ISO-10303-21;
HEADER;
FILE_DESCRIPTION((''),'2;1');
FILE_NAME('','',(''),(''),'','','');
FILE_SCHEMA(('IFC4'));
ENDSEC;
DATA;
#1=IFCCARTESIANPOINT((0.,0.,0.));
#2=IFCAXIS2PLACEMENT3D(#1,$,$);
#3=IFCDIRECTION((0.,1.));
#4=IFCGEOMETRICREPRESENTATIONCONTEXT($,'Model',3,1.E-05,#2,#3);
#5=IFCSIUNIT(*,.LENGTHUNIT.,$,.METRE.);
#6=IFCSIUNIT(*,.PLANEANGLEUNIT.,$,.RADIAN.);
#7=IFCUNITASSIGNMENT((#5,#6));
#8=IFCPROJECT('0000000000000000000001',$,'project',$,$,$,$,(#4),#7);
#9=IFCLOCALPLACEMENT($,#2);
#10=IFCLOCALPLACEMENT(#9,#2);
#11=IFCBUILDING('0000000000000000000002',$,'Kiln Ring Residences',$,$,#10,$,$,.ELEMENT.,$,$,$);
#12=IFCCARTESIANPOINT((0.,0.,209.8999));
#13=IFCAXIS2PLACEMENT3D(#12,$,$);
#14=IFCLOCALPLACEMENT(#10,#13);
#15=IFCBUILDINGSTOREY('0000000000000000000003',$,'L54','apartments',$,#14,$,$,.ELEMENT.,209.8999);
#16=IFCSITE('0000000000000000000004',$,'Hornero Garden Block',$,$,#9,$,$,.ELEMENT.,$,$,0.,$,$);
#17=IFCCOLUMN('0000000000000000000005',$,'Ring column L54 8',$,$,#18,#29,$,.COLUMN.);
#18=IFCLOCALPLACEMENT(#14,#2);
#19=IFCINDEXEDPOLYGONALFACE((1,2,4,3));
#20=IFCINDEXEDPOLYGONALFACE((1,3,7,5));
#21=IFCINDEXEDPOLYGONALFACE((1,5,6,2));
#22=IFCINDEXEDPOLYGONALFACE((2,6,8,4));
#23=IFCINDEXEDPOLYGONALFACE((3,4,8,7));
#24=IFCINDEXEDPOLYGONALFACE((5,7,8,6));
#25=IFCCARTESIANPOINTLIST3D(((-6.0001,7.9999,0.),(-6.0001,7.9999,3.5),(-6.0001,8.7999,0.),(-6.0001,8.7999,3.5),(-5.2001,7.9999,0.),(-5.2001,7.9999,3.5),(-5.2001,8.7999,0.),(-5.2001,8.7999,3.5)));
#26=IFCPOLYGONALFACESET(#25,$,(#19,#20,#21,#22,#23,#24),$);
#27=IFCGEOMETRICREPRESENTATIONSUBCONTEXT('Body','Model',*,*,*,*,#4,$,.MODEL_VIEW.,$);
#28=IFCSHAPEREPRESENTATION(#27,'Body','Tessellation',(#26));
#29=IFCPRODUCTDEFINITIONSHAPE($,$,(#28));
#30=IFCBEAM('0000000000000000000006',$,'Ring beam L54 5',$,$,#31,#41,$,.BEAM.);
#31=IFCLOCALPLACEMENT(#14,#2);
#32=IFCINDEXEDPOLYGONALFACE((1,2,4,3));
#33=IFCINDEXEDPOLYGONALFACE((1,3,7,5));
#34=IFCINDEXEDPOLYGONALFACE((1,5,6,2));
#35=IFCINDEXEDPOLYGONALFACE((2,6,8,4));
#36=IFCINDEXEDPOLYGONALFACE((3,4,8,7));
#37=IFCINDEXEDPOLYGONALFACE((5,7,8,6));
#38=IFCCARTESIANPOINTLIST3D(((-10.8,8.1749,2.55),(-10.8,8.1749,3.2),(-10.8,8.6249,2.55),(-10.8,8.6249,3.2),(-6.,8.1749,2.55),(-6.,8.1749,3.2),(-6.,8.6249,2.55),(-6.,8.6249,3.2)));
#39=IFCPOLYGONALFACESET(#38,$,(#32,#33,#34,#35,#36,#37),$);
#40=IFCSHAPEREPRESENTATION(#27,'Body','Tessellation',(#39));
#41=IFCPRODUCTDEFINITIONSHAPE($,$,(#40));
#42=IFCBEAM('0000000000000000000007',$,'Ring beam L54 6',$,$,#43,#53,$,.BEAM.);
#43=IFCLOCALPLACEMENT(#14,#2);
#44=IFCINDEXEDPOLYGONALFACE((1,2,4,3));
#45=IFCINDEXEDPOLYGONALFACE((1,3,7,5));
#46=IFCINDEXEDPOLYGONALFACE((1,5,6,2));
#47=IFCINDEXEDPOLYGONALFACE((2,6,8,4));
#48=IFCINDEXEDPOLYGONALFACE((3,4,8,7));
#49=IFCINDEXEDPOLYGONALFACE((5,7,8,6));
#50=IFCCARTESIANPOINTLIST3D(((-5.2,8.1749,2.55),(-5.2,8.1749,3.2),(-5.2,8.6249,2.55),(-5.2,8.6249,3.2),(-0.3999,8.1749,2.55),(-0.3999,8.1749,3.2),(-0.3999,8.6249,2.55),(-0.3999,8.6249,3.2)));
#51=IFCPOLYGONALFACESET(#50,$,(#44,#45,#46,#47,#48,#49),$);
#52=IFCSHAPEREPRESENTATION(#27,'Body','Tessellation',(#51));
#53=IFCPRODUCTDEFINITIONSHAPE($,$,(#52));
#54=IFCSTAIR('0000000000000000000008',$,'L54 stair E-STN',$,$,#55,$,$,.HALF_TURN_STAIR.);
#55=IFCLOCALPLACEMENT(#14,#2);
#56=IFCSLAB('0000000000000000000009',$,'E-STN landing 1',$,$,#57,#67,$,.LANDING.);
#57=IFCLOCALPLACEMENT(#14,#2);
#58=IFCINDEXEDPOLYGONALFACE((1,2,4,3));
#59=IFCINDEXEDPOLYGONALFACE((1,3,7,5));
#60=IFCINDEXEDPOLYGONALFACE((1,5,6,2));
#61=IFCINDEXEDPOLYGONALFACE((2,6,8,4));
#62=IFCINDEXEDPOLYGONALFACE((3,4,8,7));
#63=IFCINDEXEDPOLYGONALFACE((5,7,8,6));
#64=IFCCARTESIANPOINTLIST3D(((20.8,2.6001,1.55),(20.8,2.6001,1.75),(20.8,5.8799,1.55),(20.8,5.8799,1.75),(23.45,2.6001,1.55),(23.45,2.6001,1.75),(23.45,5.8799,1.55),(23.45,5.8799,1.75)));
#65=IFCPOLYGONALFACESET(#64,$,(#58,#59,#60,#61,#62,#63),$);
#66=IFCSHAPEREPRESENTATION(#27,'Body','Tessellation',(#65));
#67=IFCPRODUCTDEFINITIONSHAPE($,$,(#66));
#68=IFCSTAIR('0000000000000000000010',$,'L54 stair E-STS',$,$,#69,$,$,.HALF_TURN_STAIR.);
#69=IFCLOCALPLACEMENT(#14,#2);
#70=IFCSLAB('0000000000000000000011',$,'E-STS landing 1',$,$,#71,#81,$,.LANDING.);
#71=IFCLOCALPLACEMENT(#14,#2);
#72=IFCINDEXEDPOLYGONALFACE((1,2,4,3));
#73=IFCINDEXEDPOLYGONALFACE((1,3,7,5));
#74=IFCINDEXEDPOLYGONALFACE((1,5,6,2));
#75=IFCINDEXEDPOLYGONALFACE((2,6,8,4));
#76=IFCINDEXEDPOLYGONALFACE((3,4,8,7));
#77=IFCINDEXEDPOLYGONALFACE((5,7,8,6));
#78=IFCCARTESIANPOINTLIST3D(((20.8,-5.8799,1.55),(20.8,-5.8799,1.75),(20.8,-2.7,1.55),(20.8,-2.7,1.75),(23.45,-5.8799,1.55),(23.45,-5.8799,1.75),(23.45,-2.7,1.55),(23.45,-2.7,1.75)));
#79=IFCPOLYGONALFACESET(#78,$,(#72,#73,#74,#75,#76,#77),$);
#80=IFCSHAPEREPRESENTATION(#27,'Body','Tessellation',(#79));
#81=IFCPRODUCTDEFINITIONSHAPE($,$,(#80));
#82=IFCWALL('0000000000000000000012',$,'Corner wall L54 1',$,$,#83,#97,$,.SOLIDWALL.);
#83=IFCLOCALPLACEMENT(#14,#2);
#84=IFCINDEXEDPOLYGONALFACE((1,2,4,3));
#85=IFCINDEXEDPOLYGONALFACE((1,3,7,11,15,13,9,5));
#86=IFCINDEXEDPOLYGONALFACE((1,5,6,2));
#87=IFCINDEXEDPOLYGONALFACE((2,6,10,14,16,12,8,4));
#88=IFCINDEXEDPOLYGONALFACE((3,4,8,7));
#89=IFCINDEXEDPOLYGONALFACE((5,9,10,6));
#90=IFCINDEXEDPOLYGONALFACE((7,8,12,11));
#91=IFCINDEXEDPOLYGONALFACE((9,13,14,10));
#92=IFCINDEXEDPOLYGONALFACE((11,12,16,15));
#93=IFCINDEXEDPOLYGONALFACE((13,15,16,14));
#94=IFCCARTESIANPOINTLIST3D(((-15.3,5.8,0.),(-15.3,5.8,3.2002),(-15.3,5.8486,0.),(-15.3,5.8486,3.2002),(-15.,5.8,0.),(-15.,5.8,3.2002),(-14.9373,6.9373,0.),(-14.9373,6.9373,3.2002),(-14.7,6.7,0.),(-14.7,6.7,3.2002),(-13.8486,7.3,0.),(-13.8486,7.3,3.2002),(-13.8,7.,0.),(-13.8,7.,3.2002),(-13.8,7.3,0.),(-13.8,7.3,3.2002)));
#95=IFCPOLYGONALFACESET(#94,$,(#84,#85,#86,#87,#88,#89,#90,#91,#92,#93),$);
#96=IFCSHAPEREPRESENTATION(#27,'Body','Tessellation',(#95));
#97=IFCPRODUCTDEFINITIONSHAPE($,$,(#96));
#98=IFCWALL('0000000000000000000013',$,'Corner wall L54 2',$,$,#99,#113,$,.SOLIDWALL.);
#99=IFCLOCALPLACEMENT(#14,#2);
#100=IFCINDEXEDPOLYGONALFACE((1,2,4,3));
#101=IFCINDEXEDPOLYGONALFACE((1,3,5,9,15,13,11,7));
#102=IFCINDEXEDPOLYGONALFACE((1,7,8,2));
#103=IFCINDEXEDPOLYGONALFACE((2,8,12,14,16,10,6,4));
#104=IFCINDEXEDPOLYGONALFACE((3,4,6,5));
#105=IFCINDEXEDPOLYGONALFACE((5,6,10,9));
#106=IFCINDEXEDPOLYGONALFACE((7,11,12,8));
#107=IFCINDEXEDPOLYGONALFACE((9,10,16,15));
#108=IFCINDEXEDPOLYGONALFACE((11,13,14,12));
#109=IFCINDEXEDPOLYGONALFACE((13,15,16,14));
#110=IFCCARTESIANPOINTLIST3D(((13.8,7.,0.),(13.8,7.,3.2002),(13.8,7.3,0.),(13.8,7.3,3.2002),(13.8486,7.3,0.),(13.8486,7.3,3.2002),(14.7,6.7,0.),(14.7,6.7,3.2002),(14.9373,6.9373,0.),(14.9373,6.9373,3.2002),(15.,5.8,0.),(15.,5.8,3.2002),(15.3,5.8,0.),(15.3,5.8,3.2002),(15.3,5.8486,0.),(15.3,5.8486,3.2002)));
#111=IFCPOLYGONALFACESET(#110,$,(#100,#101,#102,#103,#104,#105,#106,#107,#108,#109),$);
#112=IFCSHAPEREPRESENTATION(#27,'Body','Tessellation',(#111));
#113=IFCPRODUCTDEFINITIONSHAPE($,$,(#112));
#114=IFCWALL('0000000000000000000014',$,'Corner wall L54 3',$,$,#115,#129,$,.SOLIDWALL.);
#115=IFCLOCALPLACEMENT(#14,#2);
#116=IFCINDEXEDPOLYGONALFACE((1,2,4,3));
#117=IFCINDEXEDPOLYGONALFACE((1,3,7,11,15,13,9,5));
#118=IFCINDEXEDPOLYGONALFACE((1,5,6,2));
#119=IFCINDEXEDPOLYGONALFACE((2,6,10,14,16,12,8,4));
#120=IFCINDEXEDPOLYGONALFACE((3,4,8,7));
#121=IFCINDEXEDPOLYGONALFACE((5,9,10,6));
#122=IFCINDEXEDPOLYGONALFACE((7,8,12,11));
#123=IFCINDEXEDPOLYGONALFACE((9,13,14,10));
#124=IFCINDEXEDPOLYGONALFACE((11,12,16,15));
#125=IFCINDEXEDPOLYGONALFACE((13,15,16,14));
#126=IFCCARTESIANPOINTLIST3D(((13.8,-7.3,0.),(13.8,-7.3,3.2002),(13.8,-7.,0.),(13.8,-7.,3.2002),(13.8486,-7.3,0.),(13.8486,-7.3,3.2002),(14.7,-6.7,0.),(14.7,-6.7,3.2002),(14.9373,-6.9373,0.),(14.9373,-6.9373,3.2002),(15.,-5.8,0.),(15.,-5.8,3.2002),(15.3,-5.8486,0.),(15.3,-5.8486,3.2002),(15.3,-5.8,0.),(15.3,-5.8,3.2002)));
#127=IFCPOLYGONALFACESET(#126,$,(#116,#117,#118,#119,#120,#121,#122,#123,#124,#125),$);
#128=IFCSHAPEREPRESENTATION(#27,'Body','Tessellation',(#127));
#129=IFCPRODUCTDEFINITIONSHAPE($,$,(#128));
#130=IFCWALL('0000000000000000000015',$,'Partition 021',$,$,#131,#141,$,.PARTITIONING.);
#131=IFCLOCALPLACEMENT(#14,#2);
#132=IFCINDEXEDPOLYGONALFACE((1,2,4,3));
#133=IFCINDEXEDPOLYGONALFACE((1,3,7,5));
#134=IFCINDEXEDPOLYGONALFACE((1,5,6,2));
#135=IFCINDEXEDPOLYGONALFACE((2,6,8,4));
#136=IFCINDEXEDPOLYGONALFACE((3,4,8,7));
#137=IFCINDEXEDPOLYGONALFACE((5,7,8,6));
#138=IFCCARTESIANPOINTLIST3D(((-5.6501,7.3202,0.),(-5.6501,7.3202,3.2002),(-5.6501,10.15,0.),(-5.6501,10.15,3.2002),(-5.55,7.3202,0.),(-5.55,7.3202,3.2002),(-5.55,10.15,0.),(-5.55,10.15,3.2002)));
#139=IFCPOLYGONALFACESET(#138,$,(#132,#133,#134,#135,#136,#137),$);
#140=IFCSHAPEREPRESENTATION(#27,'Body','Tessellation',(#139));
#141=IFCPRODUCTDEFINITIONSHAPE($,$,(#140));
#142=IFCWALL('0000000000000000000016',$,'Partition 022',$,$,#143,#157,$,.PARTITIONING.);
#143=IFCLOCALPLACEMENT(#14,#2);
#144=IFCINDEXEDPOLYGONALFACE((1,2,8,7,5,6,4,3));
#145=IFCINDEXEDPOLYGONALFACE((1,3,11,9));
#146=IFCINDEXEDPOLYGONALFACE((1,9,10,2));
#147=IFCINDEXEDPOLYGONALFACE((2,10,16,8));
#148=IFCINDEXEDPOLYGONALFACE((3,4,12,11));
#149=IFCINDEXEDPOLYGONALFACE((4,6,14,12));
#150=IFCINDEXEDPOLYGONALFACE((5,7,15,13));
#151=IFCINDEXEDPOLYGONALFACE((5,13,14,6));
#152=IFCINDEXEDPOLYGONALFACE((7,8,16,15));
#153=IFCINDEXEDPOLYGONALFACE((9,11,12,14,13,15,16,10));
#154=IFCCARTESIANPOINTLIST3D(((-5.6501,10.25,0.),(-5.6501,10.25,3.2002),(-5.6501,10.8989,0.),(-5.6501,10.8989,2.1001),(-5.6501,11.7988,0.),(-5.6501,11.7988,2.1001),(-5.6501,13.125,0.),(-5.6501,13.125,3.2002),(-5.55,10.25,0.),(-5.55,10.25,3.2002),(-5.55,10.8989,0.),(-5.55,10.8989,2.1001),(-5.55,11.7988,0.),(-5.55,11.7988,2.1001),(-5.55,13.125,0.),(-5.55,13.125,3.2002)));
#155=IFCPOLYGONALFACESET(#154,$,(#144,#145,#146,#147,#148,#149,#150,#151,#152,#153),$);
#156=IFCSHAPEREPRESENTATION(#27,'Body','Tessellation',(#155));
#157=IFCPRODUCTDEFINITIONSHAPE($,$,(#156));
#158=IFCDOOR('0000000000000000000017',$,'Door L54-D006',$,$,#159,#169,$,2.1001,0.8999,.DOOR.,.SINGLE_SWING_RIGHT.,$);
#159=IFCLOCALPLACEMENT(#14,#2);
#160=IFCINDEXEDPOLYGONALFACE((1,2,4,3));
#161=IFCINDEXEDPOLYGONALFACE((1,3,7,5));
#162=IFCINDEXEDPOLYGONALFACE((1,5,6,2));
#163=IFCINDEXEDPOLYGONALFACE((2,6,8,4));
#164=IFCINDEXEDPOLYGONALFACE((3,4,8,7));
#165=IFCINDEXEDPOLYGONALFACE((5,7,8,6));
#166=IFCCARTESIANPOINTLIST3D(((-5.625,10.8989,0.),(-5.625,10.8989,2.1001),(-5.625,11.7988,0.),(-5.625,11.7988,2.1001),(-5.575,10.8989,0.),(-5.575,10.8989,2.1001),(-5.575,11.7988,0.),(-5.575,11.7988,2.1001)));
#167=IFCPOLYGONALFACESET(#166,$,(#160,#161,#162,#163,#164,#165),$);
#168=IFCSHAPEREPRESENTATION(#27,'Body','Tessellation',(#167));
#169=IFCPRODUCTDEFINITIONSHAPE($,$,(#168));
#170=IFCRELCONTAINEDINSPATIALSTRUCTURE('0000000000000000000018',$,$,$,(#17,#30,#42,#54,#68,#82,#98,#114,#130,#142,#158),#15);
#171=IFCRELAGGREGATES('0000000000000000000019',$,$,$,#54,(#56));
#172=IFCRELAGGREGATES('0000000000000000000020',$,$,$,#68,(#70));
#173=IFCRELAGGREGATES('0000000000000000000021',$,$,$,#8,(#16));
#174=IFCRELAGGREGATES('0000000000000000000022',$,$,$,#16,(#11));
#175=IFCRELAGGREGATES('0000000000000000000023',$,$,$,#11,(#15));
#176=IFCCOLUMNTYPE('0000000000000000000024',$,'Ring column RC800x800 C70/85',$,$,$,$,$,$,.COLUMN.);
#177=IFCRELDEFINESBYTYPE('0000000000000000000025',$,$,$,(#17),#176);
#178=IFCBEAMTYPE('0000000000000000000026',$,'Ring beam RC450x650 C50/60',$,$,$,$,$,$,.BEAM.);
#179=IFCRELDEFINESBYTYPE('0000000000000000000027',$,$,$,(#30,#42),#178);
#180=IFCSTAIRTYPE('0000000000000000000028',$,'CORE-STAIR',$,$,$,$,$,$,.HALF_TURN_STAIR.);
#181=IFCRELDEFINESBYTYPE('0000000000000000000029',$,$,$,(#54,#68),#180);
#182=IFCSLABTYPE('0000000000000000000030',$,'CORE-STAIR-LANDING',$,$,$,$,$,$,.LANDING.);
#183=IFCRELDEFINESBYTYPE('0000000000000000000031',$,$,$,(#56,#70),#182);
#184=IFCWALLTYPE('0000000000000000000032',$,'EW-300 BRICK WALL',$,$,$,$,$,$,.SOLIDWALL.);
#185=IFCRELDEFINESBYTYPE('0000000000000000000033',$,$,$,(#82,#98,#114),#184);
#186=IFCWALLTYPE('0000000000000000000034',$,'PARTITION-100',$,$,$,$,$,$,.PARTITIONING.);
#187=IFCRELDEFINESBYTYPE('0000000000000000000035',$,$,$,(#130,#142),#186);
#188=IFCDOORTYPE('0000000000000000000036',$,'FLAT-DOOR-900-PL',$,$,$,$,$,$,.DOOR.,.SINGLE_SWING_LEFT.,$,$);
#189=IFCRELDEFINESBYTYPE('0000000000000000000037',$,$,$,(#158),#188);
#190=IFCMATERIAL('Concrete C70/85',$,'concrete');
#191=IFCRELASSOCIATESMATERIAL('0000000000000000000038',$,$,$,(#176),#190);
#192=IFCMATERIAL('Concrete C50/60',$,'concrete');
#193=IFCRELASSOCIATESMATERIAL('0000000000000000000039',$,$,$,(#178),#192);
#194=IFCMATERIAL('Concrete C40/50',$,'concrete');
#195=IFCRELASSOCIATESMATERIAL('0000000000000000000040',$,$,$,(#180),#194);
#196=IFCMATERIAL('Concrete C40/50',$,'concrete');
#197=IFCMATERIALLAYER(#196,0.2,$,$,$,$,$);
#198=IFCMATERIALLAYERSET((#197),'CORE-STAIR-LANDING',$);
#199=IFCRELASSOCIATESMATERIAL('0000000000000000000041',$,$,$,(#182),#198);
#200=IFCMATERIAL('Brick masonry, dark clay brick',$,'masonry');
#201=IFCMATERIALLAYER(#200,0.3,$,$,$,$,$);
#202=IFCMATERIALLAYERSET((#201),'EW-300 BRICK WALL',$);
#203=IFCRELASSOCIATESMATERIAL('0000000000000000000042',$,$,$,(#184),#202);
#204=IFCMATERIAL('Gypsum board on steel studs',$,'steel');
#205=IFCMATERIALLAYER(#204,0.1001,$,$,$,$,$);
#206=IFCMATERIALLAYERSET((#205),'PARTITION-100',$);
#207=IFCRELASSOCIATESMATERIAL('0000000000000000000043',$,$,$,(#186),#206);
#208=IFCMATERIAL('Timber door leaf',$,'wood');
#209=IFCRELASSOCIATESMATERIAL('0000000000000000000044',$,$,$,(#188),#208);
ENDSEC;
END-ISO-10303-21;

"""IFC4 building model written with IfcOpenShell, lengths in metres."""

from ifc_helpers import new_model, si_unit, direction, frame, frame_2d, origin, origin_2d, place, context, subcontext, project, spatial, polyline, rectangle, outline, extrude, material, layer, layer_set, material_profile, profile_set, type_object, element, fill, aggregate, save


model = new_model("IFC4")

# Units and contexts
model_context = context("Model", 3, precision=1e-05, world=origin(), true_north=direction((0.0, 1.0)))
body_context = subcontext(model_context, "Body", "Model", "MODEL_VIEW")
ifc_project = project(units=[si_unit("LENGTHUNIT", "METRE"), si_unit("PLANEANGLEUNIT", "RADIAN")], contexts=[model_context])

# Site, building, storey
site_placement = place(None, origin())
site = spatial("IfcSite", under=ifc_project, at=site_placement, Name="Hornero Garden Block", CompositionType="ELEMENT", RefElevation=0.0)
building_placement = place(site_placement, origin())
building = spatial("IfcBuilding", under=site, at=building_placement, Name="Kiln Ring Residences", CompositionType="ELEMENT")
storey_placement = place(building_placement, frame((0.0, 0.0, 209.8999)))
storey = spatial("IfcBuildingStorey", under=building, at=storey_placement, Name="L54", Description="apartments", CompositionType="ELEMENT", Elevation=209.8999)

# Column
ifc_material_1 = material(Name="Concrete C70/85", Category="concrete")
ifc_material_profile_1 = material_profile(ifc_material_1, rectangle(XDim=0.8, YDim=0.8, at=origin_2d()), Name="RC800x800")
ifc_profile_set_1 = profile_set([ifc_material_profile_1], Name="Concrete C70/85")
column_type = type_object("IfcColumnType", Name="Ring column RC800x800 C70/85", PredefinedType="COLUMN", material=ifc_profile_set_1)
column_placement = place(storey_placement, frame((-5.6001, 8.3999, 0.0), z_axis=(0.0, 0.0, 1.0), x_axis=(1.0, 0.0, 0.0)))
element("IfcColumn", 1, at=column_placement, inside=storey, type_object=column_type, Name="Ring column L54 8", PredefinedType="COLUMN", context=body_context, shape_type="SweptSolid", body=[
    extrude(rectangle(XDim=0.8, YDim=0.8, at=origin_2d()), origin(), (0.0, 0.0, 1.0), 3.5),
])

# Beams
ifc_material_2 = material(Name="Concrete C50/60", Category="concrete")
ifc_material_profile_2 = material_profile(ifc_material_2, rectangle(XDim=0.45, YDim=0.6499, at=origin_2d()), Name="RC450x650")
ifc_profile_set_2 = profile_set([ifc_material_profile_2], Name="Concrete C50/60")
beam_type = type_object("IfcBeamType", Name="Ring beam RC450x650 C50/60", PredefinedType="BEAM", material=ifc_profile_set_2)
for number, where, z_axis, x_axis, name in (
    (2, (-10.8, 8.3999, 2.875), (1.0, 0.0, 0.0), (0.0, 1.0, 0.0), "Ring beam L54 5"),
    (3, (-5.2, 8.3999, 2.875), (1.0, 0.0, 0.0), (0.0, 1.0, 0.0), "Ring beam L54 6"),
):
    element("IfcBeam", number, at=place(storey_placement, frame(where, z_axis=z_axis, x_axis=x_axis)), inside=storey, type_object=beam_type, Name=name, PredefinedType="BEAM", context=body_context, shape_type="SweptSolid", body=[
        extrude(rectangle(XDim=0.45, YDim=0.6499, at=origin_2d()), origin(), (0.0, 0.0, 1.0), 4.8),
    ])

# Stairs, slabs
ifc_material_3 = material(Name="Concrete C40/50", Category="concrete")
stair_type = type_object("IfcStairType", Name="CORE-STAIR", PredefinedType="HALF_TURN_STAIR", material=ifc_material_3)
placement_1 = place(storey_placement, origin())
stair_1 = element("IfcStair", 4, at=placement_1, inside=storey, type_object=stair_type, Name="L54 stair E-STN", PredefinedType="HALF_TURN_STAIR")
ifc_material_4 = material(Name="Concrete C40/50", Category="concrete")
ifc_layer_1 = layer(ifc_material_4, 0.2)
ifc_layer_set_1 = layer_set([ifc_layer_1], Name="CORE-STAIR-LANDING")
slab_type = type_object("IfcSlabType", Name="CORE-STAIR-LANDING", PredefinedType="LANDING", material=ifc_layer_set_1)
placement_2 = place(storey_placement, frame((0.0, 0.0, 1.55)))
slab_1 = element("IfcSlab", 5, at=placement_2, type_object=slab_type, Name="E-STN landing 1", PredefinedType="LANDING", context=body_context, shape_type="SweptSolid", body=[
    extrude(outline(polyline([(20.8, 5.8799), (20.8, 2.6001), (23.45, 2.6001), (23.45, 5.8799), (20.8, 5.8799)])), origin(), (0.0, 0.0, 1.0), 0.2),
])
aggregate(stair_1, [slab_1])
stair_2 = element("IfcStair", 6, at=placement_1, inside=storey, type_object=stair_type, Name="L54 stair E-STS", PredefinedType="HALF_TURN_STAIR")
slab_2 = element("IfcSlab", 7, at=placement_2, type_object=slab_type, Name="E-STS landing 1", PredefinedType="LANDING", context=body_context, shape_type="SweptSolid", body=[
    extrude(outline(polyline([(23.45, -5.8799), (23.45, -2.7), (20.8, -2.7), (20.8, -5.8799), (23.45, -5.8799)])), origin(), (0.0, 0.0, 1.0), 0.2),
])
aggregate(stair_2, [slab_2])

# Walls
ifc_material_5 = material(Name="Brick masonry, dark clay brick", Category="masonry")
ifc_layer_2 = layer(ifc_material_5, 0.3)
ifc_layer_set_2 = layer_set([ifc_layer_2], Name="EW-300 BRICK WALL")
wall_type_1 = type_object("IfcWallType", Name="EW-300 BRICK WALL", PredefinedType="SOLIDWALL", material=ifc_layer_set_2)
element("IfcWall", 8, at=placement_1, inside=storey, type_object=wall_type_1, Name="Corner wall L54 1", PredefinedType="SOLIDWALL", context=body_context, shape_type="SweptSolid", body=[
    extrude(outline(polyline([(-13.8486, 7.3), (-14.9373, 6.9373), (-15.3, 5.8486), (-15.3, 5.8), (-15.0, 5.8), (-14.7, 6.7), (-13.8, 7.0), (-13.8, 7.3), (-13.8486, 7.3)])), origin(), (0.0, 0.0, 1.0), 3.2002),
])
element("IfcWall", 9, at=placement_1, inside=storey, type_object=wall_type_1, Name="Corner wall L54 2", PredefinedType="SOLIDWALL", context=body_context, shape_type="SweptSolid", body=[
    extrude(outline(polyline([(14.9373, 6.9373), (13.8486, 7.3), (13.8, 7.3), (13.8, 7.0), (14.7, 6.7), (15.0, 5.8), (15.3, 5.8), (15.3, 5.8486), (14.9373, 6.9373)])), origin(), (0.0, 0.0, 1.0), 3.2002),
])
element("IfcWall", 10, at=placement_1, inside=storey, type_object=wall_type_1, Name="Corner wall L54 3", PredefinedType="SOLIDWALL", context=body_context, shape_type="SweptSolid", body=[
    extrude(outline(polyline([(14.9373, -6.9373), (15.3, -5.8486), (15.3, -5.8), (15.0, -5.8), (14.7, -6.7), (13.8, -7.0), (13.8, -7.3), (13.8486, -7.3), (14.9373, -6.9373)])), origin(), (0.0, 0.0, 1.0), 3.2002),
])
ifc_material_6 = material(Name="Gypsum board on steel studs", Category="steel")
ifc_layer_3 = layer(ifc_material_6, 0.1001)
ifc_layer_set_3 = layer_set([ifc_layer_3], Name="PARTITION-100")
wall_type_2 = type_object("IfcWallType", Name="PARTITION-100", PredefinedType="PARTITIONING", material=ifc_layer_set_3)
wall_1_placement = place(storey_placement, frame((-5.6001, 7.3201, 0.0), z_axis=(0.0, 0.0, 1.0), x_axis=(0.0, 1.0, 0.0)))
element("IfcWall", 11, at=wall_1_placement, inside=storey, type_object=wall_type_2, Name="Partition 021", PredefinedType="PARTITIONING", context=body_context, shape_type="SweptSolid", body=[
    extrude(rectangle(XDim=2.8298, YDim=0.1001, at=frame_2d((1.415, 0.0))), origin(), (0.0, 0.0, 1.0), 3.2002),
])

# Wall, opening, door
wall_2_placement = place(storey_placement, frame((-5.6001, 10.25, 0.0), z_axis=(0.0, 0.0, 1.0), x_axis=(0.0, 1.0, 0.0)))
wall_2 = element("IfcWall", 12, at=wall_2_placement, inside=storey, type_object=wall_type_2, Name="Partition 022", PredefinedType="PARTITIONING", context=body_context, shape_type="SweptSolid", body=[
    extrude(rectangle(XDim=2.875, YDim=0.1001, at=frame_2d((1.4375, 0.0))), origin(), (0.0, 0.0, 1.0), 3.2002),
])
opening_placement = place(wall_2_placement, frame((0.6489, 0.0, 0.0)))
opening = element("IfcOpeningElement", 13, at=opening_placement, cuts=wall_2, PredefinedType="OPENING", context=body_context, shape_type="SweptSolid", body=[
    extrude(rectangle(XDim=0.8999, YDim=2.1001, at=frame_2d((0.45, 1.05))), frame((0.0, 0.0601, 0.0), z_axis=(0.0, -1.0, 0.0), x_axis=(1.0, 0.0, 0.0)), (0.0, 0.0, 1.0), 0.1201),
])
ifc_material_7 = material(Name="Timber door leaf", Category="wood")
door_type = type_object("IfcDoorType", Name="FLAT-DOOR-900-PL", OperationType="SINGLE_SWING_LEFT", PredefinedType="DOOR", material=ifc_material_7)
door_placement = place(opening_placement, origin())
door = element("IfcDoor", 14, at=door_placement, inside=storey, type_object=door_type, Name="Door L54-D006", OperationType="SINGLE_SWING_RIGHT", OverallHeight=2.1001, OverallWidth=0.8999, PredefinedType="DOOR", context=body_context, shape_type="SweptSolid", body=[
    extrude(rectangle(XDim=0.8999, YDim=2.1001, at=frame_2d((0.45, 1.05))), frame((0.0, 0.0249, 0.0), z_axis=(0.0, -1.0, 0.0), x_axis=(1.0, 0.0, 0.0)), (0.0, 0.0, 1.0), 0.05),
])
fill(opening, door)

save(model, "model.ifc")
